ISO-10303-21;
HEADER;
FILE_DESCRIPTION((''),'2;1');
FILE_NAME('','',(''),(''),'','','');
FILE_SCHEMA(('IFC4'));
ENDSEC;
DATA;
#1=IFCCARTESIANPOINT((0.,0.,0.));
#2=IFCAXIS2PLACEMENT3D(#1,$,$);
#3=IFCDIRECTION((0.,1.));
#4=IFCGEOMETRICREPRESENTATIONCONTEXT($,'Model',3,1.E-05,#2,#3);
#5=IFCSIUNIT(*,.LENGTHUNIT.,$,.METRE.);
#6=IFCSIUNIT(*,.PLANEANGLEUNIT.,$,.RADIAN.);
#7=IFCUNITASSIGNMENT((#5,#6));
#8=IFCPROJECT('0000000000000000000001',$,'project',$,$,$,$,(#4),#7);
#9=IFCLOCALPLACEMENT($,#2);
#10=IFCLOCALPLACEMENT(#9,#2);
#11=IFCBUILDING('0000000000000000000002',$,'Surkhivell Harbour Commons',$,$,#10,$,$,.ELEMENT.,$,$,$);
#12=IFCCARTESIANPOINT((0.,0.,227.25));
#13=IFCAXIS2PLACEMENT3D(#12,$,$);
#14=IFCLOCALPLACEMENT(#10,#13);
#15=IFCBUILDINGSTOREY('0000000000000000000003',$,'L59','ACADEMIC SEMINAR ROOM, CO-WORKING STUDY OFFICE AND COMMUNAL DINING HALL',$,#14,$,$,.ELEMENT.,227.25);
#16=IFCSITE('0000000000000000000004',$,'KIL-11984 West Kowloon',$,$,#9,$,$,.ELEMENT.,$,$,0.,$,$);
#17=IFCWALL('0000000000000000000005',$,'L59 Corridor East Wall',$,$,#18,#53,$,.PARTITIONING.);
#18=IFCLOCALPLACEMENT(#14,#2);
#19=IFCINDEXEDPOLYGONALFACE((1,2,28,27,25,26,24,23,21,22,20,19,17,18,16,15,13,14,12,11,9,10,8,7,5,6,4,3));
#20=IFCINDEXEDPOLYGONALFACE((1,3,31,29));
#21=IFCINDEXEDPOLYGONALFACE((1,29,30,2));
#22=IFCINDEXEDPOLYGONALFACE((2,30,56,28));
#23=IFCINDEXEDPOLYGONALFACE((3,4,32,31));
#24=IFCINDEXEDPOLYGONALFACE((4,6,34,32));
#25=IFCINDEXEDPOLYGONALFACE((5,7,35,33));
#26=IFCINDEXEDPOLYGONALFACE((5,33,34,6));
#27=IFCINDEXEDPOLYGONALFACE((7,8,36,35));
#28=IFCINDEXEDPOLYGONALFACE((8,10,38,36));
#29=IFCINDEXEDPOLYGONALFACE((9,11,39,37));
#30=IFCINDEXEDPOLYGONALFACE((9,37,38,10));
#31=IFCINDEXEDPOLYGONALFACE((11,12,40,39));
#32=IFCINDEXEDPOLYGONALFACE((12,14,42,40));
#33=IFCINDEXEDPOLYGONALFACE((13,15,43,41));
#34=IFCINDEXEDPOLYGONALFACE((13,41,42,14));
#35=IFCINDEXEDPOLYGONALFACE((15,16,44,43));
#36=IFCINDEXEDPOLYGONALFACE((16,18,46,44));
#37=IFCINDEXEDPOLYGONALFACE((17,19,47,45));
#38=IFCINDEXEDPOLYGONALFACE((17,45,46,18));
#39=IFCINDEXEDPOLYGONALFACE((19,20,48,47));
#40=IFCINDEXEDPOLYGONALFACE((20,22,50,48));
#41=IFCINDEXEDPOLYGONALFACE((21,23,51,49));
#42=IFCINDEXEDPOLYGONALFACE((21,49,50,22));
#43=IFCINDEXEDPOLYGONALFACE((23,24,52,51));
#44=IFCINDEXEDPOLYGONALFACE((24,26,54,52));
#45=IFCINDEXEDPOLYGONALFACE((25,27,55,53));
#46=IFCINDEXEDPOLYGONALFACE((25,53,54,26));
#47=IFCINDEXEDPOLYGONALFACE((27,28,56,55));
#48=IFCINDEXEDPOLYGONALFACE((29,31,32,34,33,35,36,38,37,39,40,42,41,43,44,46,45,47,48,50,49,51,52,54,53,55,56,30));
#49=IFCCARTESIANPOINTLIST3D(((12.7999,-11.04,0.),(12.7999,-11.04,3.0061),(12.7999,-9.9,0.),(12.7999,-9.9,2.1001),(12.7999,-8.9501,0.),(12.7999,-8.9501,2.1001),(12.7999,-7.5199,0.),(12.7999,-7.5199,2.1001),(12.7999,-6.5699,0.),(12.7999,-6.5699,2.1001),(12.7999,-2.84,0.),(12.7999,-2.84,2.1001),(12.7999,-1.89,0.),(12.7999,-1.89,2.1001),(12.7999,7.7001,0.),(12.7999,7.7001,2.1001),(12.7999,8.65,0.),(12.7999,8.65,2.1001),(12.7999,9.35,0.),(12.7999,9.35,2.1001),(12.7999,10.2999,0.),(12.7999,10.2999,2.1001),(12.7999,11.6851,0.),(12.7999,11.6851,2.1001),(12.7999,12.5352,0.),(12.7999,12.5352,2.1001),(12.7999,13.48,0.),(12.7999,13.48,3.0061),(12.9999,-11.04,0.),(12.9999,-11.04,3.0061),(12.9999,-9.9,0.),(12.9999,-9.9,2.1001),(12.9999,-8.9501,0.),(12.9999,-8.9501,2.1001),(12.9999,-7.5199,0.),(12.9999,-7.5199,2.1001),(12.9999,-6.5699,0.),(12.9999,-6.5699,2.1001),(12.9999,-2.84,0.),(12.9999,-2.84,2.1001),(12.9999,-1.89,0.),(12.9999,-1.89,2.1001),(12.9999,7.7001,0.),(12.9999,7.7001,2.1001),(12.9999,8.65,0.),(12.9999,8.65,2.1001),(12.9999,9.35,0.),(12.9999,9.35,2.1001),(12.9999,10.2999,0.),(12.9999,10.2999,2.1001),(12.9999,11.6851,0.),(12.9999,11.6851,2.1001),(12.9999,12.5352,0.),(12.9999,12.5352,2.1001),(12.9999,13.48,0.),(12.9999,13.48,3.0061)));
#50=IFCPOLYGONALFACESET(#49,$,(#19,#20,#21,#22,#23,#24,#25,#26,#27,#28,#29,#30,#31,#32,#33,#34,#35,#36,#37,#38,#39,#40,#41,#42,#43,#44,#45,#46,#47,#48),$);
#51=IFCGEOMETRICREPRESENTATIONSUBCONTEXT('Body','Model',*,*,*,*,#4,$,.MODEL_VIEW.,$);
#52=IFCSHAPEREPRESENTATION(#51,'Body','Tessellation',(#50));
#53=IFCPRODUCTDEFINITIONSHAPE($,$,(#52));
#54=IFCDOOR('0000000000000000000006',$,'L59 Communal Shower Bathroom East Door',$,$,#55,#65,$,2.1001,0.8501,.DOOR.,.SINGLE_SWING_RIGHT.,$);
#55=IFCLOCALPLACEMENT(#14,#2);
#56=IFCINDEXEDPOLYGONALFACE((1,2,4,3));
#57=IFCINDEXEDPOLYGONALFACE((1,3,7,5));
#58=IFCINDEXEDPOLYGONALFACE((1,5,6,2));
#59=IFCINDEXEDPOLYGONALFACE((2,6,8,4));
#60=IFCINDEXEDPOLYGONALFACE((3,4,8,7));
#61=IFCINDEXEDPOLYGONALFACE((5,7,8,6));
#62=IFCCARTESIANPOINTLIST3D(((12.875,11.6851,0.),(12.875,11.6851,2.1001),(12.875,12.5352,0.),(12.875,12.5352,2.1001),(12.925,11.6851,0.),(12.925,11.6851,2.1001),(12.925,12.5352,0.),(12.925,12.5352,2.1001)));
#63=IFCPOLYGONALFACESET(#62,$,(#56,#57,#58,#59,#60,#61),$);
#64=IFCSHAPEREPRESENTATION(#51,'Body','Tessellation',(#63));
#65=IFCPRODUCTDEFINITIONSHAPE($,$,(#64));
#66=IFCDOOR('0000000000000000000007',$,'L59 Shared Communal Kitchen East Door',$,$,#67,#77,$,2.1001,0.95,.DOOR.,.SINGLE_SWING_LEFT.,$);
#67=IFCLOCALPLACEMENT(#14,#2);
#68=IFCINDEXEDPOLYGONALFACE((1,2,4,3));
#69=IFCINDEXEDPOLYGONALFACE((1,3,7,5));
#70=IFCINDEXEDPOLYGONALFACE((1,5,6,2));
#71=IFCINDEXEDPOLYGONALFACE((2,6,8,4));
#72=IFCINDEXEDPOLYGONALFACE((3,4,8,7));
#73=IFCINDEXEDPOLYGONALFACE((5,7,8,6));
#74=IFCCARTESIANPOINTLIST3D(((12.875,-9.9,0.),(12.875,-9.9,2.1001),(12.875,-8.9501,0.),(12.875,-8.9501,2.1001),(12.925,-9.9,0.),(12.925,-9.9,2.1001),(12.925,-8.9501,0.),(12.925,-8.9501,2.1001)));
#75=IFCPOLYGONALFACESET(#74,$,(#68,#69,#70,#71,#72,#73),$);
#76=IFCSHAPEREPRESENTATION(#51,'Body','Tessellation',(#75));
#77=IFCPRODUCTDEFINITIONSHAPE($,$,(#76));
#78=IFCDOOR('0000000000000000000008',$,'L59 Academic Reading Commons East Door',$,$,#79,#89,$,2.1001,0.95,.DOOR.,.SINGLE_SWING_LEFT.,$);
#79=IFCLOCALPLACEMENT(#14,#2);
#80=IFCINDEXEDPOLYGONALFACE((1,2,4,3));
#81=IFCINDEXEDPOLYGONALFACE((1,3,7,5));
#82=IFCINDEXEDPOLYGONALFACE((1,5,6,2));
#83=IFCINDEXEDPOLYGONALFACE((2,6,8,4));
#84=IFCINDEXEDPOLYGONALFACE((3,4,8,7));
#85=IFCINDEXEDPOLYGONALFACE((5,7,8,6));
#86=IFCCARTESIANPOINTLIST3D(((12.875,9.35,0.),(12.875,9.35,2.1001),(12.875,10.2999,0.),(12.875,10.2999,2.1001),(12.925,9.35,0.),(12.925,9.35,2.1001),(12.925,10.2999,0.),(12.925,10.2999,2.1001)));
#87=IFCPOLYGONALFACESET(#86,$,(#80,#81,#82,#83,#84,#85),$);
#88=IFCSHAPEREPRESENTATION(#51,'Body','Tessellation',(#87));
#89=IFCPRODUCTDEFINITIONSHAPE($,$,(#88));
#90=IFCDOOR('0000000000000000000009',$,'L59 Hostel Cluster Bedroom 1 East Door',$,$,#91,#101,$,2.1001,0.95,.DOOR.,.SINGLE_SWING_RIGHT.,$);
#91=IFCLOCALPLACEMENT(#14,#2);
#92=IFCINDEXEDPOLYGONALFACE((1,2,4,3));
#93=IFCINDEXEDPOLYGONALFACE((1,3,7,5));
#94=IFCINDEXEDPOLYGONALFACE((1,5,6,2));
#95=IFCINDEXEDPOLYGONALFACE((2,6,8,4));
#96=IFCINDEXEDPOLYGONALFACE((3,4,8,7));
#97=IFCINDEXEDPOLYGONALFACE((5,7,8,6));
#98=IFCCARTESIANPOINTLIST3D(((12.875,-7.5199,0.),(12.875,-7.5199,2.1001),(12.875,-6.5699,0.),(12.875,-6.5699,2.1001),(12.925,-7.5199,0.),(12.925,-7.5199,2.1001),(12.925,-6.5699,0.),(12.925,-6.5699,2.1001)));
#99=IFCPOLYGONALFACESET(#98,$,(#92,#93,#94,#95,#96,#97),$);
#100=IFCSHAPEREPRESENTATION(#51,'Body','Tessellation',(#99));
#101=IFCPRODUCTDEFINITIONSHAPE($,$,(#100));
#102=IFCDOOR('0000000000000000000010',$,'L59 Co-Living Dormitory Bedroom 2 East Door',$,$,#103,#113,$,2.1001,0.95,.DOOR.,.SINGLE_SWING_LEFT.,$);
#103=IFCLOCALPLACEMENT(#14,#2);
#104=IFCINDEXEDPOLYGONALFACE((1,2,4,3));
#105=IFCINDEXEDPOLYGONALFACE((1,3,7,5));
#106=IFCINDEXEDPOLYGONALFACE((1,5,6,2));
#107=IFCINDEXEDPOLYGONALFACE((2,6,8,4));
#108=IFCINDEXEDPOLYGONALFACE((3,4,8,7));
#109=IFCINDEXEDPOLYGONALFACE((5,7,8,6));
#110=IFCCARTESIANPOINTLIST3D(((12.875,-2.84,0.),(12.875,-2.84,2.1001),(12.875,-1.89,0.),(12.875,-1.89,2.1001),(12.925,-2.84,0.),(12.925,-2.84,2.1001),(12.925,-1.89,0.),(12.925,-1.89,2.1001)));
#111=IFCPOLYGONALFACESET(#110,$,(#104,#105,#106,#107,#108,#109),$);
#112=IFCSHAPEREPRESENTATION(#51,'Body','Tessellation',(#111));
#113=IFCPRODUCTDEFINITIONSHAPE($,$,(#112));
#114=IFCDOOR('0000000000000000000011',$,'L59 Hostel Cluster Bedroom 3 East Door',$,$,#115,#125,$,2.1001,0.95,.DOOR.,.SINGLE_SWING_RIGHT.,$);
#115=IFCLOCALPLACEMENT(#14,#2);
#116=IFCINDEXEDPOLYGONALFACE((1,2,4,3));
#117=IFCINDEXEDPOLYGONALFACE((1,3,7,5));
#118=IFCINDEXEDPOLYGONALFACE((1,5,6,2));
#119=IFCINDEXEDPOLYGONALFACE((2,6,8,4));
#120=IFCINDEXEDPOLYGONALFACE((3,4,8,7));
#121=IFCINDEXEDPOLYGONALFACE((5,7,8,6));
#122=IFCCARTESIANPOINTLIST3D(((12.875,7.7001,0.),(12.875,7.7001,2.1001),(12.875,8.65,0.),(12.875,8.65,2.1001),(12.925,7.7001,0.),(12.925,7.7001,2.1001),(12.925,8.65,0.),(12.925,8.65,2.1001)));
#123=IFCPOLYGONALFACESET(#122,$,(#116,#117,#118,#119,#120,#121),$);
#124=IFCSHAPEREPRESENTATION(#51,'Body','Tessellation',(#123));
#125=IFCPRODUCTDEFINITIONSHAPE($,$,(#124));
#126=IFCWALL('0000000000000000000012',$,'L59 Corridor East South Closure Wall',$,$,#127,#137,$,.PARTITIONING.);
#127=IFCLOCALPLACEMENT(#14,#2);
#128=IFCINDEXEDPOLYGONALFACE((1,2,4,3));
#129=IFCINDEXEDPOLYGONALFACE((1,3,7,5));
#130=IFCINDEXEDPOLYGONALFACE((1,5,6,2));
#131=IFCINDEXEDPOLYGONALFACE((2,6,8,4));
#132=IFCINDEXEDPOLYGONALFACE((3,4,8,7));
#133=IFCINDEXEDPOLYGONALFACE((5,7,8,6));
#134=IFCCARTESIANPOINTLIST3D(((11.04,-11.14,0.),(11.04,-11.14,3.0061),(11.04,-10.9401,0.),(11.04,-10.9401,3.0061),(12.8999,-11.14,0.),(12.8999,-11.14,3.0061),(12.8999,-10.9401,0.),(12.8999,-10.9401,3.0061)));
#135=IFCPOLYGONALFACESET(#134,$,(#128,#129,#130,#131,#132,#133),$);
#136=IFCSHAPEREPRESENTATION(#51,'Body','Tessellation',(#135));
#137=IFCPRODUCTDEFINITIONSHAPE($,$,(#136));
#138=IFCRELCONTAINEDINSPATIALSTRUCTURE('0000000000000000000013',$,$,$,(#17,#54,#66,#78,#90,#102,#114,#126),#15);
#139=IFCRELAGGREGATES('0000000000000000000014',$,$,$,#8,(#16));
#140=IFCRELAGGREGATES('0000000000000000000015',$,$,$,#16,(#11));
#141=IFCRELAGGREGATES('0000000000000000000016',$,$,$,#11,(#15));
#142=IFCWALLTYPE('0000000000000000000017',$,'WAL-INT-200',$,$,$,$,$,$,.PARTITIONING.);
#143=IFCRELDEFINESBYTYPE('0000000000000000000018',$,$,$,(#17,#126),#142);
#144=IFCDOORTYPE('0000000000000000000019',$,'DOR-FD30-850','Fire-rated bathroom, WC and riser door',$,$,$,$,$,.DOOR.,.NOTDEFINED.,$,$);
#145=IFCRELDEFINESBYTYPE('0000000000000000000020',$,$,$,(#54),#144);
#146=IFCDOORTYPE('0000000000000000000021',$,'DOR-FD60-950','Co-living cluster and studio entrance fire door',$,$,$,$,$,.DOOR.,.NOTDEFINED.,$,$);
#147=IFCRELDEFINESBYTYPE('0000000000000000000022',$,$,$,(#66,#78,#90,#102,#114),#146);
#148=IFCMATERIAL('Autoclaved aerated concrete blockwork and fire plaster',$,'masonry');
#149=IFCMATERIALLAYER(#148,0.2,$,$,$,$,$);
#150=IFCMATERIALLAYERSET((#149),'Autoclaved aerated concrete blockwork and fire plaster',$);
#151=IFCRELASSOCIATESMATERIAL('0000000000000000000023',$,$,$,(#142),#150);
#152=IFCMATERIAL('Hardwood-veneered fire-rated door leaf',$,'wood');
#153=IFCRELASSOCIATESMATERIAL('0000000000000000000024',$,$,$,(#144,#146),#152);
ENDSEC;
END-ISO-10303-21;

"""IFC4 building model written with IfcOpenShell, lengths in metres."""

from ifc_helpers import new_model, si_unit, direction, frame, frame_2d, origin, place, context, subcontext, project, spatial, rectangle, extrude, material, layer, layer_set, type_object, element, fill, save


model = new_model("IFC4")

# Units and contexts
model_context = context("Model", 3, precision=1e-05, world=origin(), true_north=direction((0.0, 1.0)))
body_context = subcontext(model_context, "Body", "Model", "MODEL_VIEW")
ifc_project = project(units=[si_unit("LENGTHUNIT", "METRE"), si_unit("PLANEANGLEUNIT", "RADIAN")], contexts=[model_context])

# Site, building, storey
site_placement = place(None, origin())
site = spatial("IfcSite", under=ifc_project, at=site_placement, Name="KIL-11984 West Kowloon", CompositionType="ELEMENT", RefElevation=0.0)
building_placement = place(site_placement, origin())
building = spatial("IfcBuilding", under=site, at=building_placement, Name="Surkhivell Harbour Commons", CompositionType="ELEMENT")
storey_placement = place(building_placement, frame((0.0, 0.0, 227.25)))
storey = spatial("IfcBuildingStorey", under=building, at=storey_placement, Name="L59", Description="ACADEMIC SEMINAR ROOM, CO-WORKING STUDY OFFICE AND COMMUNAL DINING HALL", CompositionType="ELEMENT", Elevation=227.25)

# Wall, openings, doors
ifc_material_1 = material(Name="Autoclaved aerated concrete blockwork and fire plaster", Category="masonry")
ifc_layer_1 = layer(ifc_material_1, 0.2)
ifc_layer_set_1 = layer_set([ifc_layer_1], Name="Autoclaved aerated concrete blockwork and fire plaster")
wall_type_1 = type_object("IfcWallType", Name="WAL-INT-200", PredefinedType="PARTITIONING", material=ifc_layer_set_1)
wall_1_placement = place(storey_placement, frame((12.8999, -11.04, 0.0), z_axis=(0.0, 0.0, 1.0), x_axis=(0.0, 1.0, 0.0)))
wall_1 = element("IfcWall", 1, at=wall_1_placement, inside=storey, type_object=wall_type_1, Name="L59 Corridor East Wall", PredefinedType="PARTITIONING", context=body_context, shape_type="SweptSolid", body=[
    extrude(rectangle(XDim=24.52, YDim=0.2, at=frame_2d((12.26, 0.0))), origin(), (0.0, 0.0, 1.0), 3.0061),
])
opening_1_placement = place(wall_1_placement, frame((1.1399, 0.0, 0.0)))
opening_1 = element("IfcOpeningElement", 2, at=opening_1_placement, cuts=wall_1, PredefinedType="OPENING", context=body_context, shape_type="SweptSolid", body=[
    extrude(rectangle(XDim=0.95, YDim=2.1001, at=frame_2d((0.4751, 1.05))), frame((0.0, 0.1099, 0.0), z_axis=(0.0, -1.0, 0.0), x_axis=(1.0, 0.0, 0.0)), (0.0, 0.0, 1.0), 0.22),
])
opening_2_placement = place(wall_1_placement, frame((22.7251, 0.0, 0.0)))
opening_2 = element("IfcOpeningElement", 3, at=opening_2_placement, cuts=wall_1, PredefinedType="OPENING", context=body_context, shape_type="SweptSolid", body=[
    extrude(rectangle(XDim=0.8501, YDim=2.1001, at=frame_2d((0.425, 1.05))), frame((0.0, 0.1099, 0.0), z_axis=(0.0, -1.0, 0.0), x_axis=(1.0, 0.0, 0.0)), (0.0, 0.0, 1.0), 0.22),
])
opening_3_placement = place(wall_1_placement, frame((20.3899, 0.0, 0.0)))
opening_3 = element("IfcOpeningElement", 4, at=opening_3_placement, cuts=wall_1, PredefinedType="OPENING", context=body_context, shape_type="SweptSolid", body=[
    extrude(rectangle(XDim=0.95, YDim=2.1001, at=frame_2d((0.4751, 1.05))), frame((0.0, 0.1099, 0.0), z_axis=(0.0, -1.0, 0.0), x_axis=(1.0, 0.0, 0.0)), (0.0, 0.0, 1.0), 0.22),
])
opening_4_placement = place(wall_1_placement, frame((3.52, 0.0, 0.0)))
opening_4 = element("IfcOpeningElement", 5, at=opening_4_placement, cuts=wall_1, PredefinedType="OPENING", context=body_context, shape_type="SweptSolid", body=[
    extrude(rectangle(XDim=0.95, YDim=2.1001, at=frame_2d((0.4751, 1.05))), frame((0.0, 0.1099, 0.0), z_axis=(0.0, -1.0, 0.0), x_axis=(1.0, 0.0, 0.0)), (0.0, 0.0, 1.0), 0.22),
])
opening_5_placement = place(wall_1_placement, frame((8.2, 0.0, 0.0)))
opening_5 = element("IfcOpeningElement", 6, at=opening_5_placement, cuts=wall_1, PredefinedType="OPENING", context=body_context, shape_type="SweptSolid", body=[
    extrude(rectangle(XDim=0.95, YDim=2.1001, at=frame_2d((0.4751, 1.05))), frame((0.0, 0.1099, 0.0), z_axis=(0.0, -1.0, 0.0), x_axis=(1.0, 0.0, 0.0)), (0.0, 0.0, 1.0), 0.22),
])
opening_6_placement = place(wall_1_placement, frame((18.74, 0.0, 0.0)))
opening_6 = element("IfcOpeningElement", 7, at=opening_6_placement, cuts=wall_1, PredefinedType="OPENING", context=body_context, shape_type="SweptSolid", body=[
    extrude(rectangle(XDim=0.95, YDim=2.1001, at=frame_2d((0.4751, 1.05))), frame((0.0, 0.1099, 0.0), z_axis=(0.0, -1.0, 0.0), x_axis=(1.0, 0.0, 0.0)), (0.0, 0.0, 1.0), 0.22),
])
ifc_material_2 = material(Name="Hardwood-veneered fire-rated door leaf", Category="wood")
door_type_1 = type_object("IfcDoorType", Name="DOR-FD30-850", Description="Fire-rated bathroom, WC and riser door", OperationType="NOTDEFINED", PredefinedType="DOOR", material=ifc_material_2)
door_1_placement = place(opening_2_placement, origin())
door_1 = element("IfcDoor", 8, at=door_1_placement, inside=storey, type_object=door_type_1, Name="L59 Communal Shower Bathroom East Door", OperationType="SINGLE_SWING_RIGHT", OverallHeight=2.1001, OverallWidth=0.8501, PredefinedType="DOOR", context=body_context, shape_type="SweptSolid", body=[
    extrude(rectangle(XDim=0.8501, YDim=2.1001, at=frame_2d((0.425, 1.05))), frame((0.0, 0.0249, 0.0), z_axis=(0.0, -1.0, 0.0), x_axis=(1.0, 0.0, 0.0)), (0.0, 0.0, 1.0), 0.05),
])
fill(opening_2, door_1)
door_type_2 = type_object("IfcDoorType", Name="DOR-FD60-950", Description="Co-living cluster and studio entrance fire door", OperationType="NOTDEFINED", PredefinedType="DOOR", material=ifc_material_2)
door_2_placement = place(opening_1_placement, origin())
door_2 = element("IfcDoor", 9, at=door_2_placement, inside=storey, type_object=door_type_2, Name="L59 Shared Communal Kitchen East Door", OperationType="SINGLE_SWING_LEFT", OverallHeight=2.1001, OverallWidth=0.95, PredefinedType="DOOR", context=body_context, shape_type="SweptSolid", body=[
    extrude(rectangle(XDim=0.95, YDim=2.1001, at=frame_2d((0.4751, 1.05))), frame((0.0, 0.0249, 0.0), z_axis=(0.0, -1.0, 0.0), x_axis=(1.0, 0.0, 0.0)), (0.0, 0.0, 1.0), 0.05),
])
fill(opening_1, door_2)
door_3_placement = place(opening_3_placement, origin())
door_3 = element("IfcDoor", 10, at=door_3_placement, inside=storey, type_object=door_type_2, Name="L59 Academic Reading Commons East Door", OperationType="SINGLE_SWING_LEFT", OverallHeight=2.1001, OverallWidth=0.95, PredefinedType="DOOR", context=body_context, shape_type="SweptSolid", body=[
    extrude(rectangle(XDim=0.95, YDim=2.1001, at=frame_2d((0.4751, 1.05))), frame((0.0, 0.0249, 0.0), z_axis=(0.0, -1.0, 0.0), x_axis=(1.0, 0.0, 0.0)), (0.0, 0.0, 1.0), 0.05),
])
fill(opening_3, door_3)
door_4_placement = place(opening_4_placement, origin())
door_4 = element("IfcDoor", 11, at=door_4_placement, inside=storey, type_object=door_type_2, Name="L59 Hostel Cluster Bedroom 1 East Door", OperationType="SINGLE_SWING_RIGHT", OverallHeight=2.1001, OverallWidth=0.95, PredefinedType="DOOR", context=body_context, shape_type="SweptSolid", body=[
    extrude(rectangle(XDim=0.95, YDim=2.1001, at=frame_2d((0.4751, 1.05))), frame((0.0, 0.0249, 0.0), z_axis=(0.0, -1.0, 0.0), x_axis=(1.0, 0.0, 0.0)), (0.0, 0.0, 1.0), 0.05),
])
fill(opening_4, door_4)
door_5_placement = place(opening_5_placement, origin())
door_5 = element("IfcDoor", 12, at=door_5_placement, inside=storey, type_object=door_type_2, Name="L59 Co-Living Dormitory Bedroom 2 East Door", OperationType="SINGLE_SWING_LEFT", OverallHeight=2.1001, OverallWidth=0.95, PredefinedType="DOOR", context=body_context, shape_type="SweptSolid", body=[
    extrude(rectangle(XDim=0.95, YDim=2.1001, at=frame_2d((0.4751, 1.05))), frame((0.0, 0.0249, 0.0), z_axis=(0.0, -1.0, 0.0), x_axis=(1.0, 0.0, 0.0)), (0.0, 0.0, 1.0), 0.05),
])
fill(opening_5, door_5)
door_6_placement = place(opening_6_placement, origin())
door_6 = element("IfcDoor", 13, at=door_6_placement, inside=storey, type_object=door_type_2, Name="L59 Hostel Cluster Bedroom 3 East Door", OperationType="SINGLE_SWING_RIGHT", OverallHeight=2.1001, OverallWidth=0.95, PredefinedType="DOOR", context=body_context, shape_type="SweptSolid", body=[
    extrude(rectangle(XDim=0.95, YDim=2.1001, at=frame_2d((0.4751, 1.05))), frame((0.0, 0.0249, 0.0), z_axis=(0.0, -1.0, 0.0), x_axis=(1.0, 0.0, 0.0)), (0.0, 0.0, 1.0), 0.05),
])
fill(opening_6, door_6)

# Wall
wall_2_placement = place(storey_placement, frame((11.04, -11.04, 0.0), z_axis=(0.0, 0.0, 1.0), x_axis=(1.0, 0.0, 0.0)))
element("IfcWall", 14, at=wall_2_placement, inside=storey, type_object=wall_type_1, Name="L59 Corridor East South Closure Wall", PredefinedType="PARTITIONING", context=body_context, shape_type="SweptSolid", body=[
    extrude(rectangle(XDim=1.8599, YDim=0.2, at=frame_2d((0.9299, 0.0))), origin(), (0.0, 0.0, 1.0), 3.0061),
])

save(model, "model.ifc")
